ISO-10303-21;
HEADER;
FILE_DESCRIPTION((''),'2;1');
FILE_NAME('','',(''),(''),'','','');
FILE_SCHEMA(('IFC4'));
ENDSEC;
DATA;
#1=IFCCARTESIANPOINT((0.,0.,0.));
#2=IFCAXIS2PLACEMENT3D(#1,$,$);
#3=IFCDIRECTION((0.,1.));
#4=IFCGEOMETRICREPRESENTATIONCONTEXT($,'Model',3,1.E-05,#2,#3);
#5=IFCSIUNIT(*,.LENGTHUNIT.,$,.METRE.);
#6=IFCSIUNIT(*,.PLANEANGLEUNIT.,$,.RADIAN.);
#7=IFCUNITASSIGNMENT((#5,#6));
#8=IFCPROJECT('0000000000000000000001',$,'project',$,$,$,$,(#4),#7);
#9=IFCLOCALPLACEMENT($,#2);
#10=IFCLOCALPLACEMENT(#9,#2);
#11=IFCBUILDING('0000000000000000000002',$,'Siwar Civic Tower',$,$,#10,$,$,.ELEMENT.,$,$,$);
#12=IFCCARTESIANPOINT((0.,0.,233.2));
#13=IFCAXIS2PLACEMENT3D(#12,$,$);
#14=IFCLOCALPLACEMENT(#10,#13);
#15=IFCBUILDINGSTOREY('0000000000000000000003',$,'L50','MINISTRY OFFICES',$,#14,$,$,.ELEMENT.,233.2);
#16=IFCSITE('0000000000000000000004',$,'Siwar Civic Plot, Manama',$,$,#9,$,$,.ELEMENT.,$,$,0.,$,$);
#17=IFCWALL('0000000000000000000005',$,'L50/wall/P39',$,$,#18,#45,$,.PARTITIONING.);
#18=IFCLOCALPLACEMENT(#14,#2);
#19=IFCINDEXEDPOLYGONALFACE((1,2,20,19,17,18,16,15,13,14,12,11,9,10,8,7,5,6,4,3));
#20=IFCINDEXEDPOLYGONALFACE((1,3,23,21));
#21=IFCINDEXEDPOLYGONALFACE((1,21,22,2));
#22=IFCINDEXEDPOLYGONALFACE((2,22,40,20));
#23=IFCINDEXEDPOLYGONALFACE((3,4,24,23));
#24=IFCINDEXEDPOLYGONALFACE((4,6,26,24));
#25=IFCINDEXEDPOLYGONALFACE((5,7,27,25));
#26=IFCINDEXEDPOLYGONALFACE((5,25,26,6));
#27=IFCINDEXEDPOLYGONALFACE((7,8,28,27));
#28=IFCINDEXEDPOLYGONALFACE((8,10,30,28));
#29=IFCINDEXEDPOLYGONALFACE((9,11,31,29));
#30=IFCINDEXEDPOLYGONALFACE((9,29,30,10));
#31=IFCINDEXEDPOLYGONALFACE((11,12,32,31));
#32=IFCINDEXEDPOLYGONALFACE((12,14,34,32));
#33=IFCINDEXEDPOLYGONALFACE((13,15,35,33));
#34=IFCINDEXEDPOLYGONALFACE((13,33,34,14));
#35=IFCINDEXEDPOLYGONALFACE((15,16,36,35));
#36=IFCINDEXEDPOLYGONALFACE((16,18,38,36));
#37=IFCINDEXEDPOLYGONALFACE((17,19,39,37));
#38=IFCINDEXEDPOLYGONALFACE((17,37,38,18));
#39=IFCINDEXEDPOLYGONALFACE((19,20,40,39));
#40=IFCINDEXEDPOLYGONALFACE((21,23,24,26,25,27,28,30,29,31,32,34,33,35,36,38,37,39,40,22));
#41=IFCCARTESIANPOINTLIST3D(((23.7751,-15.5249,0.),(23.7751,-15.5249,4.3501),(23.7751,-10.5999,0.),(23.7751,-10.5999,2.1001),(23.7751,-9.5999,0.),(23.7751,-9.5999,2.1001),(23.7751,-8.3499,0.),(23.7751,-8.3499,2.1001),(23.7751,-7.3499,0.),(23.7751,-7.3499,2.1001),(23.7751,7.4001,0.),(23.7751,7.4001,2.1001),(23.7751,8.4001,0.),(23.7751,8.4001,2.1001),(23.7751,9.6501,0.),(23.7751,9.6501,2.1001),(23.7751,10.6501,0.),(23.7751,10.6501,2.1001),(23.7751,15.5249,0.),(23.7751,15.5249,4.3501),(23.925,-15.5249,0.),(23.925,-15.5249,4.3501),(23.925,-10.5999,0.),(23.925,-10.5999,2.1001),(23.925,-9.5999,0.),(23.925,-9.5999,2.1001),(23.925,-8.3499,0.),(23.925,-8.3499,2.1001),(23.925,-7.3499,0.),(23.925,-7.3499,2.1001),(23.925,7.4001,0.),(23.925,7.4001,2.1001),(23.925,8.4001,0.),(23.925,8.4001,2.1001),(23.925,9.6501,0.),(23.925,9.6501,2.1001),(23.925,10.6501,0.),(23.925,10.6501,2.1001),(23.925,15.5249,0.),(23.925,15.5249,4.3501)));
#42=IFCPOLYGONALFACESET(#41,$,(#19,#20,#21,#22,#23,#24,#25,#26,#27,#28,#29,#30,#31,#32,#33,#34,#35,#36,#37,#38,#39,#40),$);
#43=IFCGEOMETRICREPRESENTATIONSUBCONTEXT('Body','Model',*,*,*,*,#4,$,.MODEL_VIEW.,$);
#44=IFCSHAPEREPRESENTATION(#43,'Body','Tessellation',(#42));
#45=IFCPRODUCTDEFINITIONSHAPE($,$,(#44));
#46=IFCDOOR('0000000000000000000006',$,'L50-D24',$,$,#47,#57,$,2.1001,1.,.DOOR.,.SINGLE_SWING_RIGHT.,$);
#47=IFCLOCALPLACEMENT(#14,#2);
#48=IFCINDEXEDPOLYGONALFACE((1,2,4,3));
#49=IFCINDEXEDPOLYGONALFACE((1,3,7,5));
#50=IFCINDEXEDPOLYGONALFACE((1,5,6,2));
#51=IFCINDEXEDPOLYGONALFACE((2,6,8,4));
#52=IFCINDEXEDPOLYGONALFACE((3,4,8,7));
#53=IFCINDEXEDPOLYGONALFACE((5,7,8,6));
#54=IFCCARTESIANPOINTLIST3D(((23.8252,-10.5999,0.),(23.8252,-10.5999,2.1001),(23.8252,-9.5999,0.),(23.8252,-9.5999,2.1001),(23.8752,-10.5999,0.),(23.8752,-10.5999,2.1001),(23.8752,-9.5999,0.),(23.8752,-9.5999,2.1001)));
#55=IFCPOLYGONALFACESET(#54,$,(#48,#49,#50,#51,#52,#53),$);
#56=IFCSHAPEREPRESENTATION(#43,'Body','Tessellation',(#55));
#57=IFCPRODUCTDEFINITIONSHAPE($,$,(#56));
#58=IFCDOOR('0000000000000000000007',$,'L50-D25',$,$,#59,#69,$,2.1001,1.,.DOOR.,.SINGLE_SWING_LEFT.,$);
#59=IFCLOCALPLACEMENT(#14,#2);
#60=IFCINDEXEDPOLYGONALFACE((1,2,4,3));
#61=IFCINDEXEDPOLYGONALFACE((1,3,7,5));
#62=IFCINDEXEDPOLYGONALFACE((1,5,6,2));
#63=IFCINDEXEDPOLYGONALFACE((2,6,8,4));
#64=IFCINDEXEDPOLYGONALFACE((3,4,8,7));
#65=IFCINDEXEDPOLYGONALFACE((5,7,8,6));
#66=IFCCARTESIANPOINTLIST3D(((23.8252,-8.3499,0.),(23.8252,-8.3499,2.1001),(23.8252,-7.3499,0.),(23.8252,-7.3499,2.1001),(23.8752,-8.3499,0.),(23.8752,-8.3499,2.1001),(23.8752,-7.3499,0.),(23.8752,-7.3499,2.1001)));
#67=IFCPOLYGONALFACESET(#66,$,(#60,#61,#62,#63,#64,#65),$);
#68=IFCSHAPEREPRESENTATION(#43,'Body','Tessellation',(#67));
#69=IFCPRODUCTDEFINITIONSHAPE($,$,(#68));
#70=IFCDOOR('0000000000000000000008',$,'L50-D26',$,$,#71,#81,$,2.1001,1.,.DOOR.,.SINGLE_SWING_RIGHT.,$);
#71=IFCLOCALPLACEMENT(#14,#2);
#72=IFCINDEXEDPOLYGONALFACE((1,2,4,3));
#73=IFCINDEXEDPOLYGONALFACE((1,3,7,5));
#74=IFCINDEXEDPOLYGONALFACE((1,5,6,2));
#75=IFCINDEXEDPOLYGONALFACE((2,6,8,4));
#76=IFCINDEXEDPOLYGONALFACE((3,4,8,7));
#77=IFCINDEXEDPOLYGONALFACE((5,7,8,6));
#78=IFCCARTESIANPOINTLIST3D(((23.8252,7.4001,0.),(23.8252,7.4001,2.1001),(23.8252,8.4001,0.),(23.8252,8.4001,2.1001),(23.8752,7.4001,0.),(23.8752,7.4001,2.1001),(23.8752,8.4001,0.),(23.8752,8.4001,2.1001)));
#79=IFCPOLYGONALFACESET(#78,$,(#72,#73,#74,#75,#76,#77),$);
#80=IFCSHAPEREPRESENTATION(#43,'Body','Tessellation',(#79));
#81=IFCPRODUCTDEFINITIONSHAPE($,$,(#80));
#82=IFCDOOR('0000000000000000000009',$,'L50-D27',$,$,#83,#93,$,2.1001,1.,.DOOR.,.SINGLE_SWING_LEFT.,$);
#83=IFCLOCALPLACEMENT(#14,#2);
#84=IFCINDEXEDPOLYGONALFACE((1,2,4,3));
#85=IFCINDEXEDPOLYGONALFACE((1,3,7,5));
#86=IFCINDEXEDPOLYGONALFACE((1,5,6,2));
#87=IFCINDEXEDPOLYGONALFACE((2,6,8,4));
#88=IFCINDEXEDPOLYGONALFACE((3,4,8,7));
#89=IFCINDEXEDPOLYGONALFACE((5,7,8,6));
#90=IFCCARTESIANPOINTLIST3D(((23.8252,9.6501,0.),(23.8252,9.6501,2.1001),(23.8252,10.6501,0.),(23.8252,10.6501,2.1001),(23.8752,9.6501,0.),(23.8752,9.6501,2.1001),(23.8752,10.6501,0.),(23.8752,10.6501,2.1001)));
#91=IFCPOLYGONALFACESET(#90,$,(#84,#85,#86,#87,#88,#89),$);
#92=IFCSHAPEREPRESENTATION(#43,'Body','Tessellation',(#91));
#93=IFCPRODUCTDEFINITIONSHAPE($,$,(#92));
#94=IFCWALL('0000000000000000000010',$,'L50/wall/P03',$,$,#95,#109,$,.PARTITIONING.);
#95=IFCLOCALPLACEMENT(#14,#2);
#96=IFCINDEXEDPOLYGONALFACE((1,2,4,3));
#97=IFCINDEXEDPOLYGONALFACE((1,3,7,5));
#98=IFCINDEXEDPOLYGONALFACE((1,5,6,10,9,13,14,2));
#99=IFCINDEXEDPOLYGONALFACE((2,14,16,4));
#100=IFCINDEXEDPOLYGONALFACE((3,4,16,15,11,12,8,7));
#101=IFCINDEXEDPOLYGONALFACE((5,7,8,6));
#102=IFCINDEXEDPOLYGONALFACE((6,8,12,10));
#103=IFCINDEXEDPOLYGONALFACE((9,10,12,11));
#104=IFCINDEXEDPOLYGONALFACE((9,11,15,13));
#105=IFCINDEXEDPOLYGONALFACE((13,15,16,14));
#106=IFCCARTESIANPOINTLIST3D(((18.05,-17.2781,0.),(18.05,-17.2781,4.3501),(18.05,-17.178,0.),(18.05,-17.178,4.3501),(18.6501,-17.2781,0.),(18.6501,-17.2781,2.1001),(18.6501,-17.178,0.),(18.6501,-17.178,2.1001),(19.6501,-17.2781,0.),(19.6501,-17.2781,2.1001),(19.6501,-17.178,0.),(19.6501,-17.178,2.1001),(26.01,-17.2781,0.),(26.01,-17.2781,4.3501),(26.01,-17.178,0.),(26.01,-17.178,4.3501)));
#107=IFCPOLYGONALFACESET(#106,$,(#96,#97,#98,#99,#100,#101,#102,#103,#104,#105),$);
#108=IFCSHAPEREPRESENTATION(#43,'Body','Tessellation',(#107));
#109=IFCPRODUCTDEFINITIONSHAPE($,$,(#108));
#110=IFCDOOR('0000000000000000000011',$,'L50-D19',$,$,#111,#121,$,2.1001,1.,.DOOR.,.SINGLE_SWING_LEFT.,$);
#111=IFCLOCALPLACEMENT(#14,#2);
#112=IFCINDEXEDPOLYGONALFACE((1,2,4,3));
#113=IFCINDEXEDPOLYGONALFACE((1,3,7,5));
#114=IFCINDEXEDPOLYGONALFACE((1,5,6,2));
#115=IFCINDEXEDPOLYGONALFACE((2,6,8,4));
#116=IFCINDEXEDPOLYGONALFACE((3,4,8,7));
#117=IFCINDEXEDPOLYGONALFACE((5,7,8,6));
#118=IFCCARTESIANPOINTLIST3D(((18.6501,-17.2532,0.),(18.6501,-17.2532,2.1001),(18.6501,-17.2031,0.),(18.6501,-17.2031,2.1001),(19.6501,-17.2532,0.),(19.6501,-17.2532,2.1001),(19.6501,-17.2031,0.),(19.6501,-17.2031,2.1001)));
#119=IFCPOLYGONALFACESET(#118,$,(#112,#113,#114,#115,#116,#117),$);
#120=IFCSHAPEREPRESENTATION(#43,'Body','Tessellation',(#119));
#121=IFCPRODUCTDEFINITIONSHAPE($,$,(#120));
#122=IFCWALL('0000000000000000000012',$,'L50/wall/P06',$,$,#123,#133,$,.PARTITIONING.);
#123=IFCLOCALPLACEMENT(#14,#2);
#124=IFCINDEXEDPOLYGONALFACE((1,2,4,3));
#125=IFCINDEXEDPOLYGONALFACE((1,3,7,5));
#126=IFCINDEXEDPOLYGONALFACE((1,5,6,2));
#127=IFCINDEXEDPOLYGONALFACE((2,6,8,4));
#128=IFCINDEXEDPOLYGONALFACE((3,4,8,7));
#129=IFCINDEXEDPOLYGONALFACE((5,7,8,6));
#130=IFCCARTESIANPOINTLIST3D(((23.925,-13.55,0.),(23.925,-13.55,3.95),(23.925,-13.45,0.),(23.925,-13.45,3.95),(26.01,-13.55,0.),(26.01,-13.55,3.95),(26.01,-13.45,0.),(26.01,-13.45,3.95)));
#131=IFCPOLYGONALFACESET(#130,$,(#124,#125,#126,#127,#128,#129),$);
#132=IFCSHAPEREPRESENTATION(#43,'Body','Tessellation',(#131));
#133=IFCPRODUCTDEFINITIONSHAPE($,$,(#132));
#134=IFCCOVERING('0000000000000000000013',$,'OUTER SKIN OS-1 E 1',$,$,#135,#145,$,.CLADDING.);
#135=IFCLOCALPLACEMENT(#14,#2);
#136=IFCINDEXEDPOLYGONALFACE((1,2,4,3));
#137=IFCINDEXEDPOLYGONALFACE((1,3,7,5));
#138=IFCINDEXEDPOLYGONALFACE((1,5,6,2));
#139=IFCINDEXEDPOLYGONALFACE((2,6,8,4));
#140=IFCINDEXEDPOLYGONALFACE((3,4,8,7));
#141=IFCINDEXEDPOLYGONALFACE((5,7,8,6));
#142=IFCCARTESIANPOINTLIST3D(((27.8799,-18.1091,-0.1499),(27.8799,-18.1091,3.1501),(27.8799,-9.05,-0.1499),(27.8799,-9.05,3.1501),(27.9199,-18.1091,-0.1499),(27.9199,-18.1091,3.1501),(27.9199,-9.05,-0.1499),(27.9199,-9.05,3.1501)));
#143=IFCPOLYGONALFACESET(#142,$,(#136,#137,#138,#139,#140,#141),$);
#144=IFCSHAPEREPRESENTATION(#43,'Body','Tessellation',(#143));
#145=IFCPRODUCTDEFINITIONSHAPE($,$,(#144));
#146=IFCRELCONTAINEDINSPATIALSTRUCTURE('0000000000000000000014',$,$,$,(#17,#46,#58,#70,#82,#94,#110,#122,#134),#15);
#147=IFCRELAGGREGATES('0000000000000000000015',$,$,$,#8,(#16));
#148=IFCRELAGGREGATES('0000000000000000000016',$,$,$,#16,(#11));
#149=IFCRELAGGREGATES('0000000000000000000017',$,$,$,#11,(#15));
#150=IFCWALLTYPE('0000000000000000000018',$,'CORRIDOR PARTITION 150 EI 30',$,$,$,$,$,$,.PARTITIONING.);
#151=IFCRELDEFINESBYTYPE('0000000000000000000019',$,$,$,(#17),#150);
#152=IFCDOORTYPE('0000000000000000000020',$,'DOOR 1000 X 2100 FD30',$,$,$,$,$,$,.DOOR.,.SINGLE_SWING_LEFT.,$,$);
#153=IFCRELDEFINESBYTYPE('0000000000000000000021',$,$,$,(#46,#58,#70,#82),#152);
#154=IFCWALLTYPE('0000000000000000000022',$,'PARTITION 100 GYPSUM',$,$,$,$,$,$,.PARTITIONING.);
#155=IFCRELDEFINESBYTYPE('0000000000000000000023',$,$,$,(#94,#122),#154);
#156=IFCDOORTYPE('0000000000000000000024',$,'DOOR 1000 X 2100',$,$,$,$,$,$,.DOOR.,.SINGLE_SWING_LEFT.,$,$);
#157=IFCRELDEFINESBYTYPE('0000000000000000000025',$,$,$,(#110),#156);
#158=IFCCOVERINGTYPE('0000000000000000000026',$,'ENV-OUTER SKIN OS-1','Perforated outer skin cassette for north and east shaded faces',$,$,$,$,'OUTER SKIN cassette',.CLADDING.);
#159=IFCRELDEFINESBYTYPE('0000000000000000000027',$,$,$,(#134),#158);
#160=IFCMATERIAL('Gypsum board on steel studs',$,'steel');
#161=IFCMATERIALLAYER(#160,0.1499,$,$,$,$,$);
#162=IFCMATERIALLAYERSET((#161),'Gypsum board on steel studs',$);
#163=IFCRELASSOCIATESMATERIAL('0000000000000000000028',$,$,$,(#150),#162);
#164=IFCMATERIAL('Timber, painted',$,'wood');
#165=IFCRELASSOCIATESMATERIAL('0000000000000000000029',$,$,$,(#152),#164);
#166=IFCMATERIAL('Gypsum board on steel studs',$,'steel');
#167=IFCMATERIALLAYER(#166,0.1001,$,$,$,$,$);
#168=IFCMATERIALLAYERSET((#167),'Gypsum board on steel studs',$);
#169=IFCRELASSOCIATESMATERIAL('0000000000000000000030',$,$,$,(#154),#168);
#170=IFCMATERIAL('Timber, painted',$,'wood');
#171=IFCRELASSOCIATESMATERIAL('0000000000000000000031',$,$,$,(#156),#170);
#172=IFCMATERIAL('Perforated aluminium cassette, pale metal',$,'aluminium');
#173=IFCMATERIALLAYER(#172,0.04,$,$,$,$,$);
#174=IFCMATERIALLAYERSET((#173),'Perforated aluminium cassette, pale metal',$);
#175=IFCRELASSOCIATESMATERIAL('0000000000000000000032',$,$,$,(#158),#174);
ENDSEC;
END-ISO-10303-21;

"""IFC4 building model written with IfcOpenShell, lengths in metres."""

from ifc_helpers import new_model, si_unit, direction, frame, frame_2d, origin, origin_2d, place, context, subcontext, project, spatial, rectangle, extrude, material, layer, layer_set, type_object, element, fill, save


model = new_model("IFC4")

# Units and contexts
model_context = context("Model", 3, precision=1e-05, world=origin(), true_north=direction((0.0, 1.0)))
body_context = subcontext(model_context, "Body", "Model", "MODEL_VIEW")
ifc_project = project(units=[si_unit("LENGTHUNIT", "METRE"), si_unit("PLANEANGLEUNIT", "RADIAN")], contexts=[model_context])

# Site, building, storey
site_placement = place(None, origin())
site = spatial("IfcSite", under=ifc_project, at=site_placement, Name="Siwar Civic Plot, Manama", CompositionType="ELEMENT", RefElevation=0.0)
building_placement = place(site_placement, origin())
building = spatial("IfcBuilding", under=site, at=building_placement, Name="Siwar Civic Tower", CompositionType="ELEMENT")
storey_placement = place(building_placement, frame((0.0, 0.0, 233.2)))
storey = spatial("IfcBuildingStorey", under=building, at=storey_placement, Name="L50", Description="MINISTRY OFFICES", CompositionType="ELEMENT", Elevation=233.2)

# Wall, openings, doors
ifc_material_1 = material(Name="Gypsum board on steel studs", Category="steel")
ifc_layer_1 = layer(ifc_material_1, 0.1499)
ifc_layer_set_1 = layer_set([ifc_layer_1], Name="Gypsum board on steel studs")
wall_type_1 = type_object("IfcWallType", Name="CORRIDOR PARTITION 150 EI 30", PredefinedType="PARTITIONING", material=ifc_layer_set_1)
wall_1_placement = place(storey_placement, frame((23.8501, -15.5249, 0.0), z_axis=(0.0, 0.0, 1.0), x_axis=(0.0, 1.0, 0.0)))
wall_1 = element("IfcWall", 1, at=wall_1_placement, inside=storey, type_object=wall_type_1, Name="L50/wall/P39", PredefinedType="PARTITIONING", context=body_context, shape_type="SweptSolid", body=[
    extrude(rectangle(XDim=31.0498, YDim=0.1499, at=frame_2d((15.5249, 0.0))), origin(), (0.0, 0.0, 1.0), 4.3501),
])
opening_1_placement = place(wall_1_placement, frame((4.925, 0.0, 0.0)))
opening_1 = element("IfcOpeningElement", 2, at=opening_1_placement, cuts=wall_1, PredefinedType="OPENING", context=body_context, shape_type="SweptSolid", body=[
    extrude(rectangle(XDim=1.0, YDim=2.1001, at=frame_2d((0.5, 1.05))), frame((0.0, 0.085, 0.0), z_axis=(0.0, -1.0, 0.0), x_axis=(1.0, 0.0, 0.0)), (0.0, 0.0, 1.0), 0.1699),
])
opening_2_placement = place(wall_1_placement, frame((7.175, 0.0, 0.0)))
opening_2 = element("IfcOpeningElement", 3, at=opening_2_placement, cuts=wall_1, PredefinedType="OPENING", context=body_context, shape_type="SweptSolid", body=[
    extrude(rectangle(XDim=1.0, YDim=2.1001, at=frame_2d((0.5, 1.05))), frame((0.0, 0.085, 0.0), z_axis=(0.0, -1.0, 0.0), x_axis=(1.0, 0.0, 0.0)), (0.0, 0.0, 1.0), 0.1699),
])
opening_3_placement = place(wall_1_placement, frame((22.925, 0.0, 0.0)))
opening_3 = element("IfcOpeningElement", 4, at=opening_3_placement, cuts=wall_1, PredefinedType="OPENING", context=body_context, shape_type="SweptSolid", body=[
    extrude(rectangle(XDim=1.0, YDim=2.1001, at=frame_2d((0.5, 1.05))), frame((0.0, 0.085, 0.0), z_axis=(0.0, -1.0, 0.0), x_axis=(1.0, 0.0, 0.0)), (0.0, 0.0, 1.0), 0.1699),
])
opening_4_placement = place(wall_1_placement, frame((25.175, 0.0, 0.0)))
opening_4 = element("IfcOpeningElement", 5, at=opening_4_placement, cuts=wall_1, PredefinedType="OPENING", context=body_context, shape_type="SweptSolid", body=[
    extrude(rectangle(XDim=1.0, YDim=2.1001, at=frame_2d((0.5, 1.05))), frame((0.0, 0.085, 0.0), z_axis=(0.0, -1.0, 0.0), x_axis=(1.0, 0.0, 0.0)), (0.0, 0.0, 1.0), 0.1699),
])
ifc_material_2 = material(Name="Timber, painted", Category="wood")
door_type_1 = type_object("IfcDoorType", Name="DOOR 1000 X 2100 FD30", OperationType="SINGLE_SWING_LEFT", PredefinedType="DOOR", material=ifc_material_2)
door_1_placement = place(opening_1_placement, origin())
door_1 = element("IfcDoor", 6, at=door_1_placement, inside=storey, type_object=door_type_1, Name="L50-D24", OperationType="SINGLE_SWING_RIGHT", OverallHeight=2.1001, OverallWidth=1.0, PredefinedType="DOOR", context=body_context, shape_type="SweptSolid", body=[
    extrude(rectangle(XDim=1.0, YDim=2.1001, at=frame_2d((0.5, 1.05))), frame((0.0, 0.0249, 0.0), z_axis=(0.0, -1.0, 0.0), x_axis=(1.0, 0.0, 0.0)), (0.0, 0.0, 1.0), 0.05),
])
fill(opening_1, door_1)
door_2_placement = place(opening_2_placement, origin())
door_2 = element("IfcDoor", 7, at=door_2_placement, inside=storey, type_object=door_type_1, Name="L50-D25", OperationType="SINGLE_SWING_LEFT", OverallHeight=2.1001, OverallWidth=1.0, PredefinedType="DOOR", context=body_context, shape_type="SweptSolid", body=[
    extrude(rectangle(XDim=1.0, YDim=2.1001, at=frame_2d((0.5, 1.05))), frame((0.0, 0.0249, 0.0), z_axis=(0.0, -1.0, 0.0), x_axis=(1.0, 0.0, 0.0)), (0.0, 0.0, 1.0), 0.05),
])
fill(opening_2, door_2)
door_3_placement = place(opening_3_placement, origin())
door_3 = element("IfcDoor", 8, at=door_3_placement, inside=storey, type_object=door_type_1, Name="L50-D26", OperationType="SINGLE_SWING_RIGHT", OverallHeight=2.1001, OverallWidth=1.0, PredefinedType="DOOR", context=body_context, shape_type="SweptSolid", body=[
    extrude(rectangle(XDim=1.0, YDim=2.1001, at=frame_2d((0.5, 1.05))), frame((0.0, 0.0249, 0.0), z_axis=(0.0, -1.0, 0.0), x_axis=(1.0, 0.0, 0.0)), (0.0, 0.0, 1.0), 0.05),
])
fill(opening_3, door_3)
door_4_placement = place(opening_4_placement, origin())
door_4 = element("IfcDoor", 9, at=door_4_placement, inside=storey, type_object=door_type_1, Name="L50-D27", OperationType="SINGLE_SWING_LEFT", OverallHeight=2.1001, OverallWidth=1.0, PredefinedType="DOOR", context=body_context, shape_type="SweptSolid", body=[
    extrude(rectangle(XDim=1.0, YDim=2.1001, at=frame_2d((0.5, 1.05))), frame((0.0, 0.0249, 0.0), z_axis=(0.0, -1.0, 0.0), x_axis=(1.0, 0.0, 0.0)), (0.0, 0.0, 1.0), 0.05),
])
fill(opening_4, door_4)

# Wall, opening, door
ifc_material_3 = material(Name="Gypsum board on steel studs", Category="steel")
ifc_layer_2 = layer(ifc_material_3, 0.1001)
ifc_layer_set_2 = layer_set([ifc_layer_2], Name="Gypsum board on steel studs")
wall_type_2 = type_object("IfcWallType", Name="PARTITION 100 GYPSUM", PredefinedType="PARTITIONING", material=ifc_layer_set_2)
wall_2_placement = place(storey_placement, frame((18.05, -17.228, 0.0), z_axis=(0.0, 0.0, 1.0), x_axis=(1.0, 0.0, 0.0)))
wall_2 = element("IfcWall", 10, at=wall_2_placement, inside=storey, type_object=wall_type_2, Name="L50/wall/P03", PredefinedType="PARTITIONING", context=body_context, shape_type="SweptSolid", body=[
    extrude(rectangle(XDim=7.96, YDim=0.1001, at=frame_2d((3.98, 0.0))), origin(), (0.0, 0.0, 1.0), 4.3501),
])
opening_5_placement = place(wall_2_placement, frame((0.6001, 0.0, 0.0)))
opening_5 = element("IfcOpeningElement", 11, at=opening_5_placement, cuts=wall_2, PredefinedType="OPENING", context=body_context, shape_type="SweptSolid", body=[
    extrude(rectangle(XDim=1.0, YDim=2.1001, at=frame_2d((0.5, 1.05))), frame((0.0, 0.0601, 0.0), z_axis=(0.0, -1.0, 0.0), x_axis=(1.0, 0.0, 0.0)), (0.0, 0.0, 1.0), 0.1201),
])
ifc_material_4 = material(Name="Timber, painted", Category="wood")
door_type_2 = type_object("IfcDoorType", Name="DOOR 1000 X 2100", OperationType="SINGLE_SWING_LEFT", PredefinedType="DOOR", material=ifc_material_4)
door_5_placement = place(opening_5_placement, origin())
door_5 = element("IfcDoor", 12, at=door_5_placement, inside=storey, type_object=door_type_2, Name="L50-D19", OperationType="SINGLE_SWING_LEFT", OverallHeight=2.1001, OverallWidth=1.0, PredefinedType="DOOR", context=body_context, shape_type="SweptSolid", body=[
    extrude(rectangle(XDim=1.0, YDim=2.1001, at=frame_2d((0.5, 1.05))), frame((0.0, 0.0249, 0.0), z_axis=(0.0, -1.0, 0.0), x_axis=(1.0, 0.0, 0.0)), (0.0, 0.0, 1.0), 0.05),
])
fill(opening_5, door_5)

# Wall
wall_3_placement = place(storey_placement, frame((23.925, -13.5, 0.0), z_axis=(0.0, 0.0, 1.0), x_axis=(1.0, 0.0, 0.0)))
element("IfcWall", 13, at=wall_3_placement, inside=storey, type_object=wall_type_2, Name="L50/wall/P06", PredefinedType="PARTITIONING", context=body_context, shape_type="SweptSolid", body=[
    extrude(rectangle(XDim=2.085, YDim=0.1001, at=frame_2d((1.0425, 0.0))), origin(), (0.0, 0.0, 1.0), 3.95),
])

# Covering
ifc_material_5 = material(Name="Perforated aluminium cassette, pale metal", Category="aluminium")
ifc_layer_3 = layer(ifc_material_5, 0.04)
ifc_layer_set_3 = layer_set([ifc_layer_3], Name="Perforated aluminium cassette, pale metal")
covering_type = type_object("IfcCoveringType", Name="ENV-OUTER SKIN OS-1", Description="Perforated outer skin cassette for north and east shaded faces", ElementType="OUTER SKIN cassette", PredefinedType="CLADDING", material=ifc_layer_set_3)
covering_placement = place(storey_placement, frame((27.8999, -13.5796, -0.1499), z_axis=(0.0, 0.0, 1.0), x_axis=(0.0, 1.0, 0.0)))
element("IfcCovering", 14, at=covering_placement, inside=storey, type_object=covering_type, Name="OUTER SKIN OS-1 E 1", PredefinedType="CLADDING", context=body_context, shape_type="SweptSolid", body=[
    extrude(rectangle(XDim=9.0591, YDim=0.04, at=origin_2d()), origin(), (0.0, 0.0, 1.0), 3.3),
])

save(model, "model.ifc")
